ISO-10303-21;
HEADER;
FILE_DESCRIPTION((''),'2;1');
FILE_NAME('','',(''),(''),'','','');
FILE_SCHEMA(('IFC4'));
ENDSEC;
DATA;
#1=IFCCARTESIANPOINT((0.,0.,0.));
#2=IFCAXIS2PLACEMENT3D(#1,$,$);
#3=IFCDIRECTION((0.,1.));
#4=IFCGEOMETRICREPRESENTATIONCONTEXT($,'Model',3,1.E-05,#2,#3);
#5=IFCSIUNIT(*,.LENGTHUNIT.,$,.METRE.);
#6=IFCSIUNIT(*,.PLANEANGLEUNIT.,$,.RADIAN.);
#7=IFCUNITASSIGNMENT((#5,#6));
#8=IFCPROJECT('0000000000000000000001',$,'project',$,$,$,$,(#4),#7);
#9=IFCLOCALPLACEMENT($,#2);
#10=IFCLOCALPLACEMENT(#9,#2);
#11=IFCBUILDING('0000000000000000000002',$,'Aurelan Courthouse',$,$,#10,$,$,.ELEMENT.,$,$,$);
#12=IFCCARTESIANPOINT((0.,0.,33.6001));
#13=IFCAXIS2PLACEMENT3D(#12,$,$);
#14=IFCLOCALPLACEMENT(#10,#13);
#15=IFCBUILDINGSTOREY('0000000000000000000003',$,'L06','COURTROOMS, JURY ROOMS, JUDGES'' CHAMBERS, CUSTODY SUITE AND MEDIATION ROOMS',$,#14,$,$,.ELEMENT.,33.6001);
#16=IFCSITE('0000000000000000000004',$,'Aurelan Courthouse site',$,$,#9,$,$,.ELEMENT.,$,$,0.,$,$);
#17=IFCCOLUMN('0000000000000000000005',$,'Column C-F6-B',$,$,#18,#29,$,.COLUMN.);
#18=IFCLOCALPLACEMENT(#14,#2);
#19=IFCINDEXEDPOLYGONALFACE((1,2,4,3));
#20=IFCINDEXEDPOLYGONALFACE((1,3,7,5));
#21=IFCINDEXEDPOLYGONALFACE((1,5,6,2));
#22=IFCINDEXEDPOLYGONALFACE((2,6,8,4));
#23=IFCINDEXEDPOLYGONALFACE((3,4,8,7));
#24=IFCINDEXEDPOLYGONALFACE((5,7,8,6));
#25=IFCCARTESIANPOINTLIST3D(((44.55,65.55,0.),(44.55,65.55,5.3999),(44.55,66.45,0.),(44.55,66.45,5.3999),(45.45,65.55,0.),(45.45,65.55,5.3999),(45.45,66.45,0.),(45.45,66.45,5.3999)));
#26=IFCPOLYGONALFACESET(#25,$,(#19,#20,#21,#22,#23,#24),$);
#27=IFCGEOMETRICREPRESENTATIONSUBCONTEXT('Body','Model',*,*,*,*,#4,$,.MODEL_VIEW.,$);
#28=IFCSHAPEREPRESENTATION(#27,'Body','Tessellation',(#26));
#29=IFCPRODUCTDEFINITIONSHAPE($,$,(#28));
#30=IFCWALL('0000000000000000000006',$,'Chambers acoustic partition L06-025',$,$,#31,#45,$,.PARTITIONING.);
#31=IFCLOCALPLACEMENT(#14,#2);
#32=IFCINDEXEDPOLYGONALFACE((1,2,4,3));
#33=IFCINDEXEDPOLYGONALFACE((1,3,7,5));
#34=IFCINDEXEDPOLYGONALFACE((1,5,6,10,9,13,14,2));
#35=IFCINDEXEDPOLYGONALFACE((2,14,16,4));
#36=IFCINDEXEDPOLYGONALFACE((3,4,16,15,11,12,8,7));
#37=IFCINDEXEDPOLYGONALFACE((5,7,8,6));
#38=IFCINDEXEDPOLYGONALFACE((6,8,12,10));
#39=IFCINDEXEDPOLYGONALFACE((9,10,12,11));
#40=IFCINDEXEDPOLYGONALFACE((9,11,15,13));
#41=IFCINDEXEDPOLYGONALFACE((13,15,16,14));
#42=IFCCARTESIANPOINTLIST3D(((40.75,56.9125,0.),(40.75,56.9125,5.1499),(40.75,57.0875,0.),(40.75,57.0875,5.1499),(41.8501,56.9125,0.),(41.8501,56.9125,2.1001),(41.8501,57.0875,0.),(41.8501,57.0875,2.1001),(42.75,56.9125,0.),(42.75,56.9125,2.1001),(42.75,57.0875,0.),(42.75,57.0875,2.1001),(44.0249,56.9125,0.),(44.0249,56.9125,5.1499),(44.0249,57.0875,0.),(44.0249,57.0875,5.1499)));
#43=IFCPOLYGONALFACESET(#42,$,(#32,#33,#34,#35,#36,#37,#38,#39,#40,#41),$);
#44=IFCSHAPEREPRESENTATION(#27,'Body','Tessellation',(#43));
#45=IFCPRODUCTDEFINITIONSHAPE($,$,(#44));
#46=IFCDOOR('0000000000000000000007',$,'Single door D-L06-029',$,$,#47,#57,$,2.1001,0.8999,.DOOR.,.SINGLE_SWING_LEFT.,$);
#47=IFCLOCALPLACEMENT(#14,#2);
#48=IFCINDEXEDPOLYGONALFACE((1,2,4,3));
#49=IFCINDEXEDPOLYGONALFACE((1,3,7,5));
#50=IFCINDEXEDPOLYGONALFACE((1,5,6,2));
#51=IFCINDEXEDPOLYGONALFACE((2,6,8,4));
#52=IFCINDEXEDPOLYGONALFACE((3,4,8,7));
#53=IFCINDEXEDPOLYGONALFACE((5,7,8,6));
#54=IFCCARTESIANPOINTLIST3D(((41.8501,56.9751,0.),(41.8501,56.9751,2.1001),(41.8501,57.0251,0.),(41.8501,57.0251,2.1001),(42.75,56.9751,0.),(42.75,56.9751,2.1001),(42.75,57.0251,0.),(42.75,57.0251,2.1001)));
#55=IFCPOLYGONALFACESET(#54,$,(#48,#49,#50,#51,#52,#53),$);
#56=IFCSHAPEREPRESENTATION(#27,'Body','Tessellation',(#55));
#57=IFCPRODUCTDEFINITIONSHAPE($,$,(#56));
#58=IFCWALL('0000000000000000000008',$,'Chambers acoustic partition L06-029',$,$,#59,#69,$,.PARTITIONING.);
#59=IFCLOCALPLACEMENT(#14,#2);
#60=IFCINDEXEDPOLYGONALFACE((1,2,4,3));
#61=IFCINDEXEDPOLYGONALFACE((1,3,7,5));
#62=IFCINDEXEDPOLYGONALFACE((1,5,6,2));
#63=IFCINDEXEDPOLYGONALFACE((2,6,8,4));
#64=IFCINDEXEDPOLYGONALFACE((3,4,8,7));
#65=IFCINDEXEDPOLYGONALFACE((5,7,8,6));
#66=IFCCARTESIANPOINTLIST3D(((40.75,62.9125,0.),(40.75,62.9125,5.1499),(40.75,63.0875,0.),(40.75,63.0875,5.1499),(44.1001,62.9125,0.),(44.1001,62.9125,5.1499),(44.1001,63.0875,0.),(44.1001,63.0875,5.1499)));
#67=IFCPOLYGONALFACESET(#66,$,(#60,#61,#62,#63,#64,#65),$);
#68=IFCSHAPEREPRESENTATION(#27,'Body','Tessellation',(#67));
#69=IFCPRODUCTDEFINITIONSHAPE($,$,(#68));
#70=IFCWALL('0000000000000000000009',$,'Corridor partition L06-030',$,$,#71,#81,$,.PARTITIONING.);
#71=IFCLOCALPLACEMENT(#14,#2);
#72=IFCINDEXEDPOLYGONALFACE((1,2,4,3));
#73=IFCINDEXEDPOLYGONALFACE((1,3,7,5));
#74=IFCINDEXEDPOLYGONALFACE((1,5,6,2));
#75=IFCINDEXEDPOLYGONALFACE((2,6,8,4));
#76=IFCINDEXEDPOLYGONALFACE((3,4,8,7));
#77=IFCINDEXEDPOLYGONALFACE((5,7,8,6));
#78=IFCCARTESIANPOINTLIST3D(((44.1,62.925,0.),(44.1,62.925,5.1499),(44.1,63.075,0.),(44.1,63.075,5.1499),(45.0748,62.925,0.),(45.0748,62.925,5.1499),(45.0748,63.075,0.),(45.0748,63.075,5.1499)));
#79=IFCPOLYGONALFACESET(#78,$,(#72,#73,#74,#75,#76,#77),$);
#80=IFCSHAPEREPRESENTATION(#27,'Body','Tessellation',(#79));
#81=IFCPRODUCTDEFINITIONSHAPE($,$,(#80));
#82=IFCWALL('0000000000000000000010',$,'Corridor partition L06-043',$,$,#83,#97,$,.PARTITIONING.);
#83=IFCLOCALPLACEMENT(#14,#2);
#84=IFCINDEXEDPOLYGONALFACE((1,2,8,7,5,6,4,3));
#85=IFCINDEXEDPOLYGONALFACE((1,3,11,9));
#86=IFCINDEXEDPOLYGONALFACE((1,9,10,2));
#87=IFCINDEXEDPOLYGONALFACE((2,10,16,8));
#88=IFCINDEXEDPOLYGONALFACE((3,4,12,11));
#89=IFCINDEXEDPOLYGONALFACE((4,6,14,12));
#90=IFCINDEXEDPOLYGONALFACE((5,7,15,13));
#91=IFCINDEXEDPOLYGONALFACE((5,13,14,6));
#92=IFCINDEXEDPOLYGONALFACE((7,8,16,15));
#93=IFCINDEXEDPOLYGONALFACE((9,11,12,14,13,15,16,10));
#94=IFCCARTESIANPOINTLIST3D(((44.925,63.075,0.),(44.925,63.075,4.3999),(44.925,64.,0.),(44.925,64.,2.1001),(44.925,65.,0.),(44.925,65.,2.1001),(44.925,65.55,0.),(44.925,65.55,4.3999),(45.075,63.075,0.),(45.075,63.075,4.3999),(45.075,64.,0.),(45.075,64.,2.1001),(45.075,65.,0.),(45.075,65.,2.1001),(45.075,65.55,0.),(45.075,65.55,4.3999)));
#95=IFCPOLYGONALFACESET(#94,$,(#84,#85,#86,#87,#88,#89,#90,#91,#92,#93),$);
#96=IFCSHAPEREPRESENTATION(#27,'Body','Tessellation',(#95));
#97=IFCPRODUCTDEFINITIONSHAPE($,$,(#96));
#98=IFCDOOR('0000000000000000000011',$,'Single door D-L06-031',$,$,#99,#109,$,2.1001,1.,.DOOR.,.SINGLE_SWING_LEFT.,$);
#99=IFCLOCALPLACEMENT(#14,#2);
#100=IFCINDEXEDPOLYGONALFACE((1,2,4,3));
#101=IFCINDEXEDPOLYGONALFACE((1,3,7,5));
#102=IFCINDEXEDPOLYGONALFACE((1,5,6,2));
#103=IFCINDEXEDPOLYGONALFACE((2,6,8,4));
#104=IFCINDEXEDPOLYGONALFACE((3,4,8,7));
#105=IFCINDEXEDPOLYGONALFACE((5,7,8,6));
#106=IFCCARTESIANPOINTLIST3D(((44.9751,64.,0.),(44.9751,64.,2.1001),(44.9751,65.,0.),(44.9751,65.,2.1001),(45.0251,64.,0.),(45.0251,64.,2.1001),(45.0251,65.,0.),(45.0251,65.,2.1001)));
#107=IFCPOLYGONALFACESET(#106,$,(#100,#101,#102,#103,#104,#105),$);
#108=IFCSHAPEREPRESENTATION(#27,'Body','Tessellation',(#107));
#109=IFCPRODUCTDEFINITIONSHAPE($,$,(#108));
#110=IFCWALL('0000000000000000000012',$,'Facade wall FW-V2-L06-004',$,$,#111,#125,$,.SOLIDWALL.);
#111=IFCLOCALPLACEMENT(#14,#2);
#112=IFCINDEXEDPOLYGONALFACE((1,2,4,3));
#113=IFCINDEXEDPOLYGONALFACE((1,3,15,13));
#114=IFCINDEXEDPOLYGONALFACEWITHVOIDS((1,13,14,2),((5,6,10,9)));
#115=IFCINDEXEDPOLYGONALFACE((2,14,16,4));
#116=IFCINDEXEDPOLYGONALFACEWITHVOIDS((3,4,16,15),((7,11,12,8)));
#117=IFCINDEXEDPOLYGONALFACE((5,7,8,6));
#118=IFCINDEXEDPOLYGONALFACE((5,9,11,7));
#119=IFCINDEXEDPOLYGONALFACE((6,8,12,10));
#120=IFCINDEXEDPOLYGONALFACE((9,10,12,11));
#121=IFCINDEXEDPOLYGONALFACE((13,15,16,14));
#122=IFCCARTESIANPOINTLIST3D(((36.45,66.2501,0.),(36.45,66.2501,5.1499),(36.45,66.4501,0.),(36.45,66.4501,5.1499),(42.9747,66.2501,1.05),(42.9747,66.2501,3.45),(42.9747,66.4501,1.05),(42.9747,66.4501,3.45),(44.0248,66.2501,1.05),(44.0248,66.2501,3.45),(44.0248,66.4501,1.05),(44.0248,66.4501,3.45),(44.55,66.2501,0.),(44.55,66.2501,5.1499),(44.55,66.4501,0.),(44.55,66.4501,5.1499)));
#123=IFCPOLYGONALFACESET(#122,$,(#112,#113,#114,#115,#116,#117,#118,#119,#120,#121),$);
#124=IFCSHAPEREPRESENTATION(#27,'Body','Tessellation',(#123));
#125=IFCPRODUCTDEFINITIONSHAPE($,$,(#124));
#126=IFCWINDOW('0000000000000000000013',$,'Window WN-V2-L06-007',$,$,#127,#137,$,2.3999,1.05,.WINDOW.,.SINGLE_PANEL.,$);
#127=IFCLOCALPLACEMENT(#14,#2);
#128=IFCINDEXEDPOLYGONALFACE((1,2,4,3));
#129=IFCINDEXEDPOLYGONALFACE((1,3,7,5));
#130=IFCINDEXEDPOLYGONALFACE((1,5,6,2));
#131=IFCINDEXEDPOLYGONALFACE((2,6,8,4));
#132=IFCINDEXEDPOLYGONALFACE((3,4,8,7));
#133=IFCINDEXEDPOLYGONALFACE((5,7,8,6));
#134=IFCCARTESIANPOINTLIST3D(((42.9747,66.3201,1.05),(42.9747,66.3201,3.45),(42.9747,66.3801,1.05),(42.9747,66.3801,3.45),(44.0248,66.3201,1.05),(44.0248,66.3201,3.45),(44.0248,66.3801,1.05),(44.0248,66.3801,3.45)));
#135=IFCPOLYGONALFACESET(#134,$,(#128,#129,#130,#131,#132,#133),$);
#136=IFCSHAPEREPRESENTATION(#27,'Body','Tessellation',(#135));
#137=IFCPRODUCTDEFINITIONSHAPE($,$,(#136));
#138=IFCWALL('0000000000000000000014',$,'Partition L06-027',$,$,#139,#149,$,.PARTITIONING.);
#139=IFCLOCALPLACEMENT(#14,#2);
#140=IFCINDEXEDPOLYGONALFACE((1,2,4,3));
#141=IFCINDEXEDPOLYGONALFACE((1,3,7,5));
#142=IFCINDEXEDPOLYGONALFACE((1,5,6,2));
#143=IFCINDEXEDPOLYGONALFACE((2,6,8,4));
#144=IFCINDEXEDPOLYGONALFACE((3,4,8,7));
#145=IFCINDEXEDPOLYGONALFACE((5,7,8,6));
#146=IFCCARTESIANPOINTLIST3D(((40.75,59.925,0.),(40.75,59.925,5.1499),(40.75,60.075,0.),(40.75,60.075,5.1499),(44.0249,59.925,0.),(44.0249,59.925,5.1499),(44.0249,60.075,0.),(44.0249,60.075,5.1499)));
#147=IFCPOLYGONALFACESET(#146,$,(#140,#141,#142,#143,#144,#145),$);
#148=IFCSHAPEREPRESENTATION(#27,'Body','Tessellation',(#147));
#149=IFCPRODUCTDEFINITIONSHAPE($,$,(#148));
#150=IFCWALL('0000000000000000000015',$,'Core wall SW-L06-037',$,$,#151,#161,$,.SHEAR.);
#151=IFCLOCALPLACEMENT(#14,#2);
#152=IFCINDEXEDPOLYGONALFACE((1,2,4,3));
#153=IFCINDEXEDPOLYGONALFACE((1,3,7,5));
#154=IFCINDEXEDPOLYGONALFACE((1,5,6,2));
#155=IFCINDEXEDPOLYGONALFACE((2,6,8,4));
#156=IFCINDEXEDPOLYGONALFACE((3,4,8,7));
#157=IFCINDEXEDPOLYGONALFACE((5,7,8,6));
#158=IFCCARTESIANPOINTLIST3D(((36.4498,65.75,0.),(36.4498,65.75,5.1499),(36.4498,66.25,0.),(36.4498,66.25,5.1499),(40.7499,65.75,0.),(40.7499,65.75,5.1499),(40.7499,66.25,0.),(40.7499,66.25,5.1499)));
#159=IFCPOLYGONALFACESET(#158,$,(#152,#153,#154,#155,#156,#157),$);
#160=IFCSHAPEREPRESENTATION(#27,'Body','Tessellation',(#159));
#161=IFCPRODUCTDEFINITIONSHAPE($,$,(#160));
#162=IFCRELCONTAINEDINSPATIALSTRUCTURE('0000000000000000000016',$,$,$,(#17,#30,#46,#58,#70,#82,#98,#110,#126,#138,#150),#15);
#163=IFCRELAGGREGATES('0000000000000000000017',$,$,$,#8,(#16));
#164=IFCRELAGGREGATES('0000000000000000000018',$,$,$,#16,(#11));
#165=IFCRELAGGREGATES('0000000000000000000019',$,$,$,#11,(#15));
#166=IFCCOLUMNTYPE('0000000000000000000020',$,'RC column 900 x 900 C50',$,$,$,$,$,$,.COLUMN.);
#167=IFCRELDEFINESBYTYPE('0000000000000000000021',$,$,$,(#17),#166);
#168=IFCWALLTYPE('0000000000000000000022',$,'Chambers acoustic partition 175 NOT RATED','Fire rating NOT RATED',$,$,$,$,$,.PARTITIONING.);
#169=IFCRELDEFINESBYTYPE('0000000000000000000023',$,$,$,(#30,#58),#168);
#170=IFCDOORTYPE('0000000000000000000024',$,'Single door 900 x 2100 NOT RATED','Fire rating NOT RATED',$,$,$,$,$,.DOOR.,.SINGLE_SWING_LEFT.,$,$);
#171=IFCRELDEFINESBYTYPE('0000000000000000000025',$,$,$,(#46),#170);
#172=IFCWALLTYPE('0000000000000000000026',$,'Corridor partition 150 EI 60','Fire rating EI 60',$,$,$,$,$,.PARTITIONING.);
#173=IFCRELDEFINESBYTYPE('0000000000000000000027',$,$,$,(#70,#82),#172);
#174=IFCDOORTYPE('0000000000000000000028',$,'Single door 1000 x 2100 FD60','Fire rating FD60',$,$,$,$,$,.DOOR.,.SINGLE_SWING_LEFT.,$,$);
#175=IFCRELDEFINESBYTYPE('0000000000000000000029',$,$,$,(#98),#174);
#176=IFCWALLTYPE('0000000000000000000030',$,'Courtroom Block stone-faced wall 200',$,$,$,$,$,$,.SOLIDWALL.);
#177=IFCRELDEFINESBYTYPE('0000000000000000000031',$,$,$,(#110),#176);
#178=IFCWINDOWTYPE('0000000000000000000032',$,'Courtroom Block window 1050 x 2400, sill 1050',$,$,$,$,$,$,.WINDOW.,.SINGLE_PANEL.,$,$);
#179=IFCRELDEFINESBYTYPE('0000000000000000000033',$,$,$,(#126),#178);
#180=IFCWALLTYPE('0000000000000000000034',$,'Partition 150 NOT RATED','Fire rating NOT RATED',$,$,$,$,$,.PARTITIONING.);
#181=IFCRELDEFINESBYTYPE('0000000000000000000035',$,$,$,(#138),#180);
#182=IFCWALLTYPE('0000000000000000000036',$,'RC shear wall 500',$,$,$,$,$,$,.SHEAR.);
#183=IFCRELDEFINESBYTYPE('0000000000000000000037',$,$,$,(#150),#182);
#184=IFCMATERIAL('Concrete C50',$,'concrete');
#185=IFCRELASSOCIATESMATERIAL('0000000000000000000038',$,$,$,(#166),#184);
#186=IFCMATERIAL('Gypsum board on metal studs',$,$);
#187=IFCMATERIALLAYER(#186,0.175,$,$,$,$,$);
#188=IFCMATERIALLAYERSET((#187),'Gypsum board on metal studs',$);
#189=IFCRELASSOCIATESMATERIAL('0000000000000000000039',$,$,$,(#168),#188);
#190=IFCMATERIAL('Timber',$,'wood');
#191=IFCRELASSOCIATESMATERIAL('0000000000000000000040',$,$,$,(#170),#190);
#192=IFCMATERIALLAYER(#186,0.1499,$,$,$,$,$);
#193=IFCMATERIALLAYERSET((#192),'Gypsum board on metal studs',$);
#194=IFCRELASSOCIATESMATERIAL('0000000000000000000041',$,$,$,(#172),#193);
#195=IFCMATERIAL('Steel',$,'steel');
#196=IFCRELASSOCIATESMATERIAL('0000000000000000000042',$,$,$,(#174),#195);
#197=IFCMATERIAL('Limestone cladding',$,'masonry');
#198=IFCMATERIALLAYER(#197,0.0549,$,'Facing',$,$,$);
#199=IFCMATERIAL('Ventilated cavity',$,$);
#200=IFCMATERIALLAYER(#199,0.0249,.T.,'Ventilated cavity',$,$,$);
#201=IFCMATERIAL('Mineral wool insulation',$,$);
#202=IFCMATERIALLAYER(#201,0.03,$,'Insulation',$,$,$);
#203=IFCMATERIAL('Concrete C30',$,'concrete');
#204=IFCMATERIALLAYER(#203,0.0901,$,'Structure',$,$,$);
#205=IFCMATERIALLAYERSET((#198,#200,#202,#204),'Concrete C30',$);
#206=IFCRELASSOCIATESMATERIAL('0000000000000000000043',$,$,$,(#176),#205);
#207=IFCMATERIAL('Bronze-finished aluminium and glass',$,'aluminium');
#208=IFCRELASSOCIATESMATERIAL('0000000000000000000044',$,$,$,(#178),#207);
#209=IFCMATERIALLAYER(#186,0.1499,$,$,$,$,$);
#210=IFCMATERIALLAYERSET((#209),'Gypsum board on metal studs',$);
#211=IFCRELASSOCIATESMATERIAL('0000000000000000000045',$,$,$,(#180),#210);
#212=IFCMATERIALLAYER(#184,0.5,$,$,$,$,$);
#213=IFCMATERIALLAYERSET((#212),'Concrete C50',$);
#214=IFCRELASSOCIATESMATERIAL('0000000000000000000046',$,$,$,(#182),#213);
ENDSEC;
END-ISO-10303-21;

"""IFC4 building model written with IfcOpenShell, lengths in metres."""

from ifc_helpers import new_model, si_unit, direction, frame, frame_2d, origin, origin_2d, place, context, subcontext, project, spatial, rectangle, extrude, material, layer, layer_set, material_profile, profile_set, type_object, element, fill, save


model = new_model("IFC4")

# Units and contexts
model_context = context("Model", 3, precision=1e-05, world=origin(), true_north=direction((0.0, 1.0)))
body_context = subcontext(model_context, "Body", "Model", "MODEL_VIEW")
ifc_project = project(units=[si_unit("LENGTHUNIT", "METRE"), si_unit("PLANEANGLEUNIT", "RADIAN")], contexts=[model_context])

# Site, building, storey
site_placement = place(None, origin())
site = spatial("IfcSite", under=ifc_project, at=site_placement, Name="Aurelan Courthouse site", CompositionType="ELEMENT", RefElevation=0.0)
building_placement = place(site_placement, origin())
building = spatial("IfcBuilding", under=site, at=building_placement, Name="Aurelan Courthouse", CompositionType="ELEMENT")
storey_placement = place(building_placement, frame((0.0, 0.0, 33.6001)))
storey = spatial("IfcBuildingStorey", under=building, at=storey_placement, Name="L06", Description="COURTROOMS, JURY ROOMS, JUDGES' CHAMBERS, CUSTODY SUITE AND MEDIATION ROOMS", CompositionType="ELEMENT", Elevation=33.6001)

# Column
ifc_material_1 = material(Name="Concrete C50", Category="concrete")
ifc_material_profile = material_profile(ifc_material_1, rectangle(XDim=0.8999, YDim=0.8999, at=origin_2d()), Name="RC 900 x 900")
ifc_profile_set = profile_set([ifc_material_profile], Name="Concrete C50")
column_type = type_object("IfcColumnType", Name="RC column 900 x 900 C50", PredefinedType="COLUMN", material=ifc_profile_set)
column_placement = place(storey_placement, frame((45.0, 66.0, 0.0), z_axis=(0.0, 0.0, 1.0), x_axis=(1.0, 0.0, 0.0)))
element("IfcColumn", 1, at=column_placement, inside=storey, type_object=column_type, Name="Column C-F6-B", PredefinedType="COLUMN", context=body_context, shape_type="SweptSolid", body=[
    extrude(rectangle(XDim=0.8999, YDim=0.8999, at=origin_2d()), origin(), (0.0, 0.0, 1.0), 5.3999),
])

# Wall, opening, door
ifc_material_2 = material(Name="Gypsum board on metal studs")
ifc_layer_1 = layer(ifc_material_2, 0.175)
ifc_layer_set_1 = layer_set([ifc_layer_1], Name="Gypsum board on metal studs")
wall_type_1 = type_object("IfcWallType", Name="Chambers acoustic partition 175 NOT RATED", Description="Fire rating NOT RATED", PredefinedType="PARTITIONING", material=ifc_layer_set_1)
wall_1_placement = place(storey_placement, frame((40.75, 57.0, 0.0), z_axis=(0.0, 0.0, 1.0), x_axis=(1.0, 0.0, 0.0)))
wall_1 = element("IfcWall", 2, at=wall_1_placement, inside=storey, type_object=wall_type_1, Name="Chambers acoustic partition L06-025", PredefinedType="PARTITIONING", context=body_context, shape_type="SweptSolid", body=[
    extrude(rectangle(XDim=3.2749, YDim=0.175, at=frame_2d((1.6375, 0.0))), origin(), (0.0, 0.0, 1.0), 5.1499),
])
opening_1_placement = place(wall_1_placement, frame((2.0, 0.0, 0.0), z_axis=(0.0, 0.0, 1.0), x_axis=(-1.0, 0.0, 0.0)))
opening_1 = element("IfcOpeningElement", 3, at=opening_1_placement, cuts=wall_1, PredefinedType="OPENING", context=body_context, shape_type="SweptSolid", body=[
    extrude(rectangle(XDim=0.8999, YDim=2.1001, at=frame_2d((0.45, 1.05))), frame((0.0, 0.0974, 0.0), z_axis=(0.0, -1.0, 0.0), x_axis=(1.0, 0.0, 0.0)), (0.0, 0.0, 1.0), 0.1951),
])
ifc_material_3 = material(Name="Timber", Category="wood")
door_type_1 = type_object("IfcDoorType", Name="Single door 900 x 2100 NOT RATED", Description="Fire rating NOT RATED", OperationType="SINGLE_SWING_LEFT", PredefinedType="DOOR", material=ifc_material_3)
door_1_placement = place(opening_1_placement, origin())
door_1 = element("IfcDoor", 4, at=door_1_placement, inside=storey, type_object=door_type_1, Name="Single door D-L06-029", OperationType="SINGLE_SWING_LEFT", OverallHeight=2.1001, OverallWidth=0.8999, PredefinedType="DOOR", context=body_context, shape_type="SweptSolid", body=[
    extrude(rectangle(XDim=0.8999, YDim=2.1001, at=frame_2d((0.45, 1.05))), frame((0.0, 0.0249, 0.0), z_axis=(0.0, -1.0, 0.0), x_axis=(1.0, 0.0, 0.0)), (0.0, 0.0, 1.0), 0.05),
])
fill(opening_1, door_1)

# Walls
wall_2_placement = place(storey_placement, frame((40.75, 63.0, 0.0), z_axis=(0.0, 0.0, 1.0), x_axis=(1.0, 0.0, 0.0)))
element("IfcWall", 5, at=wall_2_placement, inside=storey, type_object=wall_type_1, Name="Chambers acoustic partition L06-029", PredefinedType="PARTITIONING", context=body_context, shape_type="SweptSolid", body=[
    extrude(rectangle(XDim=3.3501, YDim=0.175, at=frame_2d((1.675, 0.0))), origin(), (0.0, 0.0, 1.0), 5.1499),
])
ifc_layer_2 = layer(ifc_material_2, 0.1499)
ifc_layer_set_2 = layer_set([ifc_layer_2], Name="Gypsum board on metal studs")
wall_type_2 = type_object("IfcWallType", Name="Corridor partition 150 EI 60", Description="Fire rating EI 60", PredefinedType="PARTITIONING", material=ifc_layer_set_2)
wall_3_placement = place(storey_placement, frame((44.1001, 63.0, 0.0), z_axis=(0.0, 0.0, 1.0), x_axis=(1.0, 0.0, 0.0)))
element("IfcWall", 6, at=wall_3_placement, inside=storey, type_object=wall_type_2, Name="Corridor partition L06-030", PredefinedType="PARTITIONING", context=body_context, shape_type="SweptSolid", body=[
    extrude(rectangle(XDim=0.9749, YDim=0.1499, at=frame_2d((0.4873, 0.0))), origin(), (0.0, 0.0, 1.0), 5.1499),
])

# Wall, opening, door
wall_4_placement = place(storey_placement, frame((45.0, 63.075, 0.0), z_axis=(0.0, 0.0, 1.0), x_axis=(0.0, 1.0, 0.0)))
wall_4 = element("IfcWall", 7, at=wall_4_placement, inside=storey, type_object=wall_type_2, Name="Corridor partition L06-043", PredefinedType="PARTITIONING", context=body_context, shape_type="SweptSolid", body=[
    extrude(rectangle(XDim=2.4751, YDim=0.1499, at=frame_2d((1.2375, 0.0))), origin(), (0.0, 0.0, 1.0), 4.3999),
])
opening_2_placement = place(wall_4_placement, frame((0.925, 0.0, 0.0)))
opening_2 = element("IfcOpeningElement", 8, at=opening_2_placement, cuts=wall_4, PredefinedType="OPENING", context=body_context, shape_type="SweptSolid", body=[
    extrude(rectangle(XDim=1.0, YDim=2.1001, at=frame_2d((0.5, 1.05))), frame((0.0, 0.085, 0.0), z_axis=(0.0, -1.0, 0.0), x_axis=(1.0, 0.0, 0.0)), (0.0, 0.0, 1.0), 0.1699),
])
ifc_material_4 = material(Name="Steel", Category="steel")
door_type_2 = type_object("IfcDoorType", Name="Single door 1000 x 2100 FD60", Description="Fire rating FD60", OperationType="SINGLE_SWING_LEFT", PredefinedType="DOOR", material=ifc_material_4)
door_2_placement = place(opening_2_placement, origin())
door_2 = element("IfcDoor", 9, at=door_2_placement, inside=storey, type_object=door_type_2, Name="Single door D-L06-031", OperationType="SINGLE_SWING_LEFT", OverallHeight=2.1001, OverallWidth=1.0, PredefinedType="DOOR", context=body_context, shape_type="SweptSolid", body=[
    extrude(rectangle(XDim=1.0, YDim=2.1001, at=frame_2d((0.5, 1.05))), frame((0.0, 0.0249, 0.0), z_axis=(0.0, -1.0, 0.0), x_axis=(1.0, 0.0, 0.0)), (0.0, 0.0, 1.0), 0.05),
])
fill(opening_2, door_2)

# Wall, opening, window
ifc_material_5 = material(Name="Limestone cladding", Category="masonry")
ifc_layer_3 = layer(ifc_material_5, 0.0549, Name="Facing")
ifc_material_6 = material(Name="Ventilated cavity")
ifc_layer_4 = layer(ifc_material_6, 0.0249, ventilated=True, Name="Ventilated cavity")
ifc_material_7 = material(Name="Mineral wool insulation")
ifc_layer_5 = layer(ifc_material_7, 0.03, Name="Insulation")
ifc_material_8 = material(Name="Concrete C30", Category="concrete")
ifc_layer_6 = layer(ifc_material_8, 0.0901, Name="Structure")
ifc_layer_set_3 = layer_set([ifc_layer_3, ifc_layer_4, ifc_layer_5, ifc_layer_6], Name="Concrete C30")
wall_type_3 = type_object("IfcWallType", Name="Courtroom Block stone-faced wall 200", PredefinedType="SOLIDWALL", material=ifc_layer_set_3)
wall_5_placement = place(storey_placement, frame((36.45, 66.3501, 0.0), z_axis=(0.0, 0.0, 1.0), x_axis=(1.0, 0.0, 0.0)))
wall_5 = element("IfcWall", 10, at=wall_5_placement, inside=storey, type_object=wall_type_3, Name="Facade wall FW-V2-L06-004", PredefinedType="SOLIDWALL", context=body_context, shape_type="SweptSolid", body=[
    extrude(rectangle(XDim=8.1001, YDim=0.2, at=frame_2d((4.05, 0.0))), origin(), (0.0, 0.0, 1.0), 5.1499),
])
opening_3_placement = place(wall_5_placement, frame((6.5249, 0.0, 1.05)))
opening_3 = element("IfcOpeningElement", 11, at=opening_3_placement, cuts=wall_5, PredefinedType="OPENING", context=body_context, shape_type="SweptSolid", body=[
    extrude(rectangle(XDim=1.05, YDim=2.3999, at=frame_2d((0.5249, 1.2))), frame((0.0, 0.1099, 0.0), z_axis=(0.0, -1.0, 0.0), x_axis=(1.0, 0.0, 0.0)), (0.0, 0.0, 1.0), 0.22),
])
ifc_material_9 = material(Name="Bronze-finished aluminium and glass", Category="aluminium")
window_type = type_object("IfcWindowType", Name="Courtroom Block window 1050 x 2400, sill 1050", PartitioningType="SINGLE_PANEL", PredefinedType="WINDOW", material=ifc_material_9)
window_placement = place(opening_3_placement, origin())
window = element("IfcWindow", 12, at=window_placement, inside=storey, type_object=window_type, Name="Window WN-V2-L06-007", OverallHeight=2.3999, OverallWidth=1.05, PartitioningType="SINGLE_PANEL", PredefinedType="WINDOW", context=body_context, shape_type="SweptSolid", body=[
    extrude(rectangle(XDim=1.05, YDim=2.3999, at=frame_2d((0.5249, 1.2))), frame((0.0, 0.03, 0.0), z_axis=(0.0, -1.0, 0.0), x_axis=(1.0, 0.0, 0.0)), (0.0, 0.0, 1.0), 0.0601),
])
fill(opening_3, window)

# Walls
ifc_layer_7 = layer(ifc_material_2, 0.1499)
ifc_layer_set_4 = layer_set([ifc_layer_7], Name="Gypsum board on metal studs")
wall_type_4 = type_object("IfcWallType", Name="Partition 150 NOT RATED", Description="Fire rating NOT RATED", PredefinedType="PARTITIONING", material=ifc_layer_set_4)
wall_6_placement = place(storey_placement, frame((40.75, 60.0, 0.0), z_axis=(0.0, 0.0, 1.0), x_axis=(1.0, 0.0, 0.0)))
element("IfcWall", 13, at=wall_6_placement, inside=storey, type_object=wall_type_4, Name="Partition L06-027", PredefinedType="PARTITIONING", context=body_context, shape_type="SweptSolid", body=[
    extrude(rectangle(XDim=3.2749, YDim=0.1499, at=frame_2d((1.6375, 0.0))), origin(), (0.0, 0.0, 1.0), 5.1499),
])
ifc_layer_8 = layer(ifc_material_1, 0.5)
ifc_layer_set_5 = layer_set([ifc_layer_8], Name="Concrete C50")
wall_type_5 = type_object("IfcWallType", Name="RC shear wall 500", PredefinedType="SHEAR", material=ifc_layer_set_5)
wall_7_placement = place(storey_placement, frame((36.45, 66.0, 0.0), z_axis=(0.0, 0.0, 1.0), x_axis=(1.0, 0.0, 0.0)))
element("IfcWall", 14, at=wall_7_placement, inside=storey, type_object=wall_type_5, Name="Core wall SW-L06-037", PredefinedType="SHEAR", context=body_context, shape_type="SweptSolid", body=[
    extrude(rectangle(XDim=4.3, YDim=0.5, at=frame_2d((2.1499, 0.0))), origin(), (0.0, 0.0, 1.0), 5.1499),
])

save(model, "model.ifc")
